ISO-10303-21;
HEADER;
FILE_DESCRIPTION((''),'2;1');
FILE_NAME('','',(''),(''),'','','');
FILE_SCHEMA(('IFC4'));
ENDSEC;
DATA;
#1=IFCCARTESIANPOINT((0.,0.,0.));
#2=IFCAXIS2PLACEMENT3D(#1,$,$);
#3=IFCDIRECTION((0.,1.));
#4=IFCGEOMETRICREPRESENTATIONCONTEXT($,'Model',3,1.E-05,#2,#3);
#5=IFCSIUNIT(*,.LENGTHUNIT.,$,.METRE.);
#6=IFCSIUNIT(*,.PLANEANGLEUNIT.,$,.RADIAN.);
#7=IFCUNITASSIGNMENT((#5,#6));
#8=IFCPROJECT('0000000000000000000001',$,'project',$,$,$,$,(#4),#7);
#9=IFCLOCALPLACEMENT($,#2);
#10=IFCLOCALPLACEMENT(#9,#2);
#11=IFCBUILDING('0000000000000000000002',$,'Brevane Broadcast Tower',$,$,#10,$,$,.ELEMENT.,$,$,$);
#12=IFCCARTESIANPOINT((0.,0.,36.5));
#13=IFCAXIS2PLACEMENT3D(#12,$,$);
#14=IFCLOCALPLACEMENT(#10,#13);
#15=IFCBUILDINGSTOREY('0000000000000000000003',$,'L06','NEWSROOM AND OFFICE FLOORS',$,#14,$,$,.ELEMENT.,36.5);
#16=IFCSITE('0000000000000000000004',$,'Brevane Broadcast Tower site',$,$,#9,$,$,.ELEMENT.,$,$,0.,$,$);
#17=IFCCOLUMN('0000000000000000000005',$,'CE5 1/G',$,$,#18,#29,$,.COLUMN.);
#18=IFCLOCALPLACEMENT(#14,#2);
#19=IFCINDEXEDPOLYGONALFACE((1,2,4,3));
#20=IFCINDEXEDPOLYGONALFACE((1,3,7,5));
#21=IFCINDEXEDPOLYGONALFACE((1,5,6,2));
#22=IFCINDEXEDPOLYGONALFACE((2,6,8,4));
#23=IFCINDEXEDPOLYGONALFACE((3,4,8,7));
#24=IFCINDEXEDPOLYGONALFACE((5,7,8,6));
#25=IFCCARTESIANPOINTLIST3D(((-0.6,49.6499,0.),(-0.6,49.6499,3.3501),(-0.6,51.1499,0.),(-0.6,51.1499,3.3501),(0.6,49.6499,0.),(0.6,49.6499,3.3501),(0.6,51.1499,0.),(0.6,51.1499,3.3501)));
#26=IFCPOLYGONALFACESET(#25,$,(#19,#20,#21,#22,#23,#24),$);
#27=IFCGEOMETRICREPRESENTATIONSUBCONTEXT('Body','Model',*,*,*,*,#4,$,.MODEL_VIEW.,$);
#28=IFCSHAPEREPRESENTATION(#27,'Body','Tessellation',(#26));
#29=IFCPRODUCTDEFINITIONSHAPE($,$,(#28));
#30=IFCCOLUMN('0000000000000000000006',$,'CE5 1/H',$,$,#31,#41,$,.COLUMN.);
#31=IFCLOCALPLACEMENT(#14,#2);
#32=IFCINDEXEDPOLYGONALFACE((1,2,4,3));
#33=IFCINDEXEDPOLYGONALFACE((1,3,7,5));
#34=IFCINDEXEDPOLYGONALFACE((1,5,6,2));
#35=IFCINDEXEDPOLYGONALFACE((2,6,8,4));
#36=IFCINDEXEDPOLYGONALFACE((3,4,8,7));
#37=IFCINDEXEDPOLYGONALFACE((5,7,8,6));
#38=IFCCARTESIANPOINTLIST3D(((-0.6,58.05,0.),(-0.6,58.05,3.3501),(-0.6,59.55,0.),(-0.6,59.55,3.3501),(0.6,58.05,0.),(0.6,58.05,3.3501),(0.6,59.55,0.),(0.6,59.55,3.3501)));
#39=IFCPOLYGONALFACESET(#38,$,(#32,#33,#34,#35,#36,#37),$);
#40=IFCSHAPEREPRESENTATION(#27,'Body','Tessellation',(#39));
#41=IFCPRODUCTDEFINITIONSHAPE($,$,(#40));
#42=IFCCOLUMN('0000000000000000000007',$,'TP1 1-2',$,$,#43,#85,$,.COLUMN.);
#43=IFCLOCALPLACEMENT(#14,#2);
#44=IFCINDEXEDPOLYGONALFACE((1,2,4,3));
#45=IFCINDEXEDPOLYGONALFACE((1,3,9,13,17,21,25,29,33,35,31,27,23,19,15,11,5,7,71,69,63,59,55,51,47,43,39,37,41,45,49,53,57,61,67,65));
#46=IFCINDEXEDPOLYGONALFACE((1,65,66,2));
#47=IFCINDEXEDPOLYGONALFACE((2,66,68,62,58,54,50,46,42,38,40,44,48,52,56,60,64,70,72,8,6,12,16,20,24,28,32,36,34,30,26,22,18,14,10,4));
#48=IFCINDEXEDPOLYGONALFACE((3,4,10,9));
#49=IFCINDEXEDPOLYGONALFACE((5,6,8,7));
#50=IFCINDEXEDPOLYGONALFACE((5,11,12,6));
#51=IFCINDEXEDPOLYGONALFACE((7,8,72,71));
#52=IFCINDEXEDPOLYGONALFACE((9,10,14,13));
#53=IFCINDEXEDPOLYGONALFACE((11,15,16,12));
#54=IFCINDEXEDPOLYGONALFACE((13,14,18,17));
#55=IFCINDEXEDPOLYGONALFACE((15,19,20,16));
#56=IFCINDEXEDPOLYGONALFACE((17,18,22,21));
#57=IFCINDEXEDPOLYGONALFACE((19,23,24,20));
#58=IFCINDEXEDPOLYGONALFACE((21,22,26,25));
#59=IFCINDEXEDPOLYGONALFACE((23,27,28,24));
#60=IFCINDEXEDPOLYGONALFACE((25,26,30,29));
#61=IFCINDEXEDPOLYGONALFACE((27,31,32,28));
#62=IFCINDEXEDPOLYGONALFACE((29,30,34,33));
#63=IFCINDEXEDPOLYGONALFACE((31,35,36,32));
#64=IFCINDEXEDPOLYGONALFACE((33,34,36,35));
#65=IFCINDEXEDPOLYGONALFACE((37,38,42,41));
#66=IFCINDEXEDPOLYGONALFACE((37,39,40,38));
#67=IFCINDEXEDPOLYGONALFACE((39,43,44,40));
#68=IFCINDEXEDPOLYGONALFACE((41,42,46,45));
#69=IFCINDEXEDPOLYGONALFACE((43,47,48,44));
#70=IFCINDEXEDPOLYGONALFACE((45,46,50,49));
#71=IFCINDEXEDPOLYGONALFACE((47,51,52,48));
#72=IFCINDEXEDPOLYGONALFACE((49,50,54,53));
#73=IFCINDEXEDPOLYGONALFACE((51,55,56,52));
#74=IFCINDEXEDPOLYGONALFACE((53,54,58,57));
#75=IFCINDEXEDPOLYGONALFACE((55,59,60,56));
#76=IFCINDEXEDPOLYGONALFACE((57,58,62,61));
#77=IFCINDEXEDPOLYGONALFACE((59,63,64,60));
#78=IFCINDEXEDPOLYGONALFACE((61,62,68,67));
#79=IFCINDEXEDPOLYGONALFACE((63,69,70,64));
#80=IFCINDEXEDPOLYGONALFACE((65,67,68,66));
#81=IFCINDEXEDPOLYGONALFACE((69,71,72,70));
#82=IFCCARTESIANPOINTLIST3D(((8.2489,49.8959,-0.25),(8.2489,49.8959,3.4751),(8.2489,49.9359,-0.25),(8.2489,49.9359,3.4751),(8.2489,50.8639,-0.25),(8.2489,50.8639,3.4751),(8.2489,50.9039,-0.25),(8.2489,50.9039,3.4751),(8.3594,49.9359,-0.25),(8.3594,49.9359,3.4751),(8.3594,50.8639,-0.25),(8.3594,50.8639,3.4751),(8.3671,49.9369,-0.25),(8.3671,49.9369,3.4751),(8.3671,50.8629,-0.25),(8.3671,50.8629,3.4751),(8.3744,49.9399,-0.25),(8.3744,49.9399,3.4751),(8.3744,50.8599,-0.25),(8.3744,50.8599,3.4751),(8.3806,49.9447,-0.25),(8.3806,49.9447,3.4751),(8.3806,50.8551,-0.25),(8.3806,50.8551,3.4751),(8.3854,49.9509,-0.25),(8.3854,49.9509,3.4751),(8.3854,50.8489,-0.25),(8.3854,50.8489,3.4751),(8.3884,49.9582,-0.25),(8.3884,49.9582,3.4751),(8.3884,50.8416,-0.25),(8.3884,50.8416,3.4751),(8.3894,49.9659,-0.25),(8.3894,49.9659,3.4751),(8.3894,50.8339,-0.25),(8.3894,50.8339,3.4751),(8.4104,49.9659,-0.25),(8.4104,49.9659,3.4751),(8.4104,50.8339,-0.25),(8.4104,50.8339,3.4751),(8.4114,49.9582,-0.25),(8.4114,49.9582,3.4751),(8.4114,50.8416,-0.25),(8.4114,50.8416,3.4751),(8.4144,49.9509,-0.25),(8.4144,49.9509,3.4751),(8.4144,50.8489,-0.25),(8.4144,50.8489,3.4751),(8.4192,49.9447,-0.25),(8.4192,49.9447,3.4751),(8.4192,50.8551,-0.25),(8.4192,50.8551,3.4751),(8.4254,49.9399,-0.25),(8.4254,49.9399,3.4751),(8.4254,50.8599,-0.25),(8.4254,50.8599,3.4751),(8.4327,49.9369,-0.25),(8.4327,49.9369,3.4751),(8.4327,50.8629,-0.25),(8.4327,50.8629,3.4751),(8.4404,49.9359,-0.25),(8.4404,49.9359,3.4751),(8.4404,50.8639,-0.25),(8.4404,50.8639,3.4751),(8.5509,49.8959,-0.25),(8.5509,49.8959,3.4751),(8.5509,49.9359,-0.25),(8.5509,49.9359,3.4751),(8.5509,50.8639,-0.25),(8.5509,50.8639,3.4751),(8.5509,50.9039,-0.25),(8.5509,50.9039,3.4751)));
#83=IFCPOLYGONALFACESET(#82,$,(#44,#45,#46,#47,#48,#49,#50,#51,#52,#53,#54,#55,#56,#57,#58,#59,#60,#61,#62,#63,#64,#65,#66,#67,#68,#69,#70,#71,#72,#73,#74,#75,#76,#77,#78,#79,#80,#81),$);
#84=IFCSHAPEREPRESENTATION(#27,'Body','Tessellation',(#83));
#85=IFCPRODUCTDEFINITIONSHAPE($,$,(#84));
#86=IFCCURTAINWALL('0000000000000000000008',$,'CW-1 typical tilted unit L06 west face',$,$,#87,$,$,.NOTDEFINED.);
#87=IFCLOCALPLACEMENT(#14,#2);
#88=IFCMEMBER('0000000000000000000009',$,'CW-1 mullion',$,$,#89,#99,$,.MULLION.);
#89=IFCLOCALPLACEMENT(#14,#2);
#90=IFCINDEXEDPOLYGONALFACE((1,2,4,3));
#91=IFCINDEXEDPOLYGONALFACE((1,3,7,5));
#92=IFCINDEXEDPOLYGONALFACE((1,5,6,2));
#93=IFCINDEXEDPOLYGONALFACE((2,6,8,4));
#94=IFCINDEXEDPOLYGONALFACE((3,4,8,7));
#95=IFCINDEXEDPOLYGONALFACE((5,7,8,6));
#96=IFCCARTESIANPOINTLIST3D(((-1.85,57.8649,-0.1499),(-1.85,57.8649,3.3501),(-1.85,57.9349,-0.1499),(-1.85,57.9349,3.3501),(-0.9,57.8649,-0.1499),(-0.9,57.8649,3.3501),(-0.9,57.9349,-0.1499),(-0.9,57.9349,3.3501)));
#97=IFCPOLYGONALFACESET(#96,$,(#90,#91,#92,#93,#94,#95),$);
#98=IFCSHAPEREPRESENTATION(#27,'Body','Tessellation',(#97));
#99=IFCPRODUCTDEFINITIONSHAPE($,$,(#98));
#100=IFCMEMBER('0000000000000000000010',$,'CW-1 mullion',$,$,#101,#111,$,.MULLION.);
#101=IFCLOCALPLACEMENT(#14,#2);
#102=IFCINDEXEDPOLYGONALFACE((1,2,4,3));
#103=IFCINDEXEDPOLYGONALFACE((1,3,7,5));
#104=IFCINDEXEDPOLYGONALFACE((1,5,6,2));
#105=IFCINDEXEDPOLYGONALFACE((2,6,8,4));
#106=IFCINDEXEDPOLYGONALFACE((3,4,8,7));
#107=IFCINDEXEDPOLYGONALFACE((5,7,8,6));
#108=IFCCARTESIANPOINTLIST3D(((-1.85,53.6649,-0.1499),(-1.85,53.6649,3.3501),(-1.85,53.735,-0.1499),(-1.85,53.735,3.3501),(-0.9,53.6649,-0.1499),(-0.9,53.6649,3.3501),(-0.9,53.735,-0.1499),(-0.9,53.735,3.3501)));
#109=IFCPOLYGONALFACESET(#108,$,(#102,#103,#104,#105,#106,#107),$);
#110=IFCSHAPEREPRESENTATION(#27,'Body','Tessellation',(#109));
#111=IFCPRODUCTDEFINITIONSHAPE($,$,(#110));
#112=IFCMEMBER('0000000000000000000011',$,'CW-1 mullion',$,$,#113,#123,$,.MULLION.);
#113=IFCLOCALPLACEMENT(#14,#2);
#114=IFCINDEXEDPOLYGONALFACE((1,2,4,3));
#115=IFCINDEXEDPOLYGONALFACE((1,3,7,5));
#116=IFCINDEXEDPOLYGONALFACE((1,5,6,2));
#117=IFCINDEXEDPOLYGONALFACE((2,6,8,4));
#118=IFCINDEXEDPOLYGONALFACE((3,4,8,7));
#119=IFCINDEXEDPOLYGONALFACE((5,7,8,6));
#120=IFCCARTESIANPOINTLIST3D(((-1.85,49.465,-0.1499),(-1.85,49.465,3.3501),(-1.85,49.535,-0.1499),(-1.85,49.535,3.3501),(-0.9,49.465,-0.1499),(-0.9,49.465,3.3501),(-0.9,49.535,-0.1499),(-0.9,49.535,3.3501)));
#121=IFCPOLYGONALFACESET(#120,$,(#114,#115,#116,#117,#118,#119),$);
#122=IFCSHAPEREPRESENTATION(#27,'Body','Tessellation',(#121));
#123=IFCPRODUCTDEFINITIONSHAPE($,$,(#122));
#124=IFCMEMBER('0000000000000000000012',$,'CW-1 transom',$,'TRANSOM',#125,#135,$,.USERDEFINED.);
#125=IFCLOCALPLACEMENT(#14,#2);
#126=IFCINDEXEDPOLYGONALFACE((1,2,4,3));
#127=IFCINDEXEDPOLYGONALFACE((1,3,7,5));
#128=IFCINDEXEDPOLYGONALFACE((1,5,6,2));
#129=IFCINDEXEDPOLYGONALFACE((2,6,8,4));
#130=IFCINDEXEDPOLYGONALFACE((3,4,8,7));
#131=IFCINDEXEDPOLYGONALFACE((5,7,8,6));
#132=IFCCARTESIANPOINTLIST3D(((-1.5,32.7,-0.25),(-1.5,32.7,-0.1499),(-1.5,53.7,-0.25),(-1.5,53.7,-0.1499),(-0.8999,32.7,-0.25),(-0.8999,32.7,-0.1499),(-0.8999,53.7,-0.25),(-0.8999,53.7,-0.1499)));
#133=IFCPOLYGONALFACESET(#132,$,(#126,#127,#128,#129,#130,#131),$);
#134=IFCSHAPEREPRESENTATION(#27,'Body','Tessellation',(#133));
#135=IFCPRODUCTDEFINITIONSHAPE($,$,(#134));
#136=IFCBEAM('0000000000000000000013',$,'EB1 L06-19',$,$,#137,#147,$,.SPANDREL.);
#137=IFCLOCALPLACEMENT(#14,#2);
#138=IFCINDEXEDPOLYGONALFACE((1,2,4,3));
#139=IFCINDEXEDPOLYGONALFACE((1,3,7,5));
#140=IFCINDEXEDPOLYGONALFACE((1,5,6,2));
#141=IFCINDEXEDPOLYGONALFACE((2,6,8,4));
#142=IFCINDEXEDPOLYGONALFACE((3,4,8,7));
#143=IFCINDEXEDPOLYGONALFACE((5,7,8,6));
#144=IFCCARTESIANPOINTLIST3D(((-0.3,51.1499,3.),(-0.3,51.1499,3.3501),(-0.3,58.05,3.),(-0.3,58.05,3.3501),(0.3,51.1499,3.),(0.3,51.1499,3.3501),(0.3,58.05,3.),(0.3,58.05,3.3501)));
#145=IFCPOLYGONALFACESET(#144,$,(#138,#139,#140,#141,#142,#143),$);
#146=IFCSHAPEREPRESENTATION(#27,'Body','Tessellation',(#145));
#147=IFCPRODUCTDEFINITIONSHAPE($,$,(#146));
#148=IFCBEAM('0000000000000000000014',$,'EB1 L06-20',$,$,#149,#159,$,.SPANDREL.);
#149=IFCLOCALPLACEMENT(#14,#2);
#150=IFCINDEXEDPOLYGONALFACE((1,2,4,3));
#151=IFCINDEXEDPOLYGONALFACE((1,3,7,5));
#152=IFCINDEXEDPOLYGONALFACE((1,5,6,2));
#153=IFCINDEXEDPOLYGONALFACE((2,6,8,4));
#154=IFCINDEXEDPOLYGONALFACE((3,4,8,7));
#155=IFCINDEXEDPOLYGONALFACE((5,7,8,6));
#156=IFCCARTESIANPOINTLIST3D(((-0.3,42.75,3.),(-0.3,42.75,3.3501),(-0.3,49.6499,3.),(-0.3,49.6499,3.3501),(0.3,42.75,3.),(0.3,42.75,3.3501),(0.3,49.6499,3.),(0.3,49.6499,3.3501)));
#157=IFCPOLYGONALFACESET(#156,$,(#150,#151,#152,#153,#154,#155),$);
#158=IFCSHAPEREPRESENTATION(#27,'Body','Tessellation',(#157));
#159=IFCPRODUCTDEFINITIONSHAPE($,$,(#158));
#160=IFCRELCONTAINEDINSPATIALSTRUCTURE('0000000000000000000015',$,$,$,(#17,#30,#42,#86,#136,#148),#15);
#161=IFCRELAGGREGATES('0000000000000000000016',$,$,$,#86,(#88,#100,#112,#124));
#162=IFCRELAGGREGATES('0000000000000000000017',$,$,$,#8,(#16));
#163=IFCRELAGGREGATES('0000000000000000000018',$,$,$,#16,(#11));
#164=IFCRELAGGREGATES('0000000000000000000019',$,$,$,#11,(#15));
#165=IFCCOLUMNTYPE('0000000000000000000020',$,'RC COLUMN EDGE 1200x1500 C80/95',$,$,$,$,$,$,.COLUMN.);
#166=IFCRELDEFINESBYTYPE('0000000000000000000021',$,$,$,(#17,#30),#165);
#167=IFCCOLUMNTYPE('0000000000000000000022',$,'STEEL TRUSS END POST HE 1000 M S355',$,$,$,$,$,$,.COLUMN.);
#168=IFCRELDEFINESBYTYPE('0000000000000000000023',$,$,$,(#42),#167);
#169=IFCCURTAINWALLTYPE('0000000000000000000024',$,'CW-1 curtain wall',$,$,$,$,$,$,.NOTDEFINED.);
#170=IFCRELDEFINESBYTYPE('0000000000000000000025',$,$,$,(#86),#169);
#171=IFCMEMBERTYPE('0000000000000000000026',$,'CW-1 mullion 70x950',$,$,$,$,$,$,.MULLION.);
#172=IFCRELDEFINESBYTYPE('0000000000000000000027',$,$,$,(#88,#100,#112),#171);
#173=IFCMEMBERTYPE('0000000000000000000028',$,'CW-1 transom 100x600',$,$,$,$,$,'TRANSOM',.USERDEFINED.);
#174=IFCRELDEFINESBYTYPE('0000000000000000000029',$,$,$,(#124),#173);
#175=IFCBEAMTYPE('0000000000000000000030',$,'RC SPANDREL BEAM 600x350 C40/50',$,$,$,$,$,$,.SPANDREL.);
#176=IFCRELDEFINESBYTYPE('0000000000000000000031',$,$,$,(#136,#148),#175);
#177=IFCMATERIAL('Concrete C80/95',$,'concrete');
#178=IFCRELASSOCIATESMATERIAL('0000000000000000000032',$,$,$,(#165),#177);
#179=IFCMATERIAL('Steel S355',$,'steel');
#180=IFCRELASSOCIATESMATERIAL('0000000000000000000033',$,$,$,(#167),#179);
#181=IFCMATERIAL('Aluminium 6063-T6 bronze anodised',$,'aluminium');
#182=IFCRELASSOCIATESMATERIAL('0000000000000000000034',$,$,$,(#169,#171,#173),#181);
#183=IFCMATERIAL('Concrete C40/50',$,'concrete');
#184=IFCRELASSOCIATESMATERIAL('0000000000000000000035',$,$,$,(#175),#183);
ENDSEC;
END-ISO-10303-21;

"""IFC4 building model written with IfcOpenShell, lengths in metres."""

from ifc_helpers import new_model, si_unit, direction, frame, origin, origin_2d, place, context, subcontext, project, spatial, rectangle, i_section, extrude, material, material_profile, profile_set, type_object, element, aggregate, save


model = new_model("IFC4")

# Units and contexts
model_context = context("Model", 3, precision=1e-05, world=origin(), true_north=direction((0.0, 1.0)))
body_context = subcontext(model_context, "Body", "Model", "MODEL_VIEW")
ifc_project = project(units=[si_unit("LENGTHUNIT", "METRE"), si_unit("PLANEANGLEUNIT", "RADIAN")], contexts=[model_context])

# Site, building, storey
site_placement = place(None, origin())
site = spatial("IfcSite", under=ifc_project, at=site_placement, Name="Brevane Broadcast Tower site", CompositionType="ELEMENT", RefElevation=0.0)
building_placement = place(site_placement, origin())
building = spatial("IfcBuilding", under=site, at=building_placement, Name="Brevane Broadcast Tower", CompositionType="ELEMENT")
storey_placement = place(building_placement, frame((0.0, 0.0, 36.5)))
storey = spatial("IfcBuildingStorey", under=building, at=storey_placement, Name="L06", Description="NEWSROOM AND OFFICE FLOORS", CompositionType="ELEMENT", Elevation=36.5)

# Columns
ifc_material_1 = material(Name="Concrete C80/95", Category="concrete")
ifc_material_profile_1 = material_profile(ifc_material_1, rectangle(XDim=1.2, YDim=1.5, at=origin_2d()), Name="RC 1200x1500")
ifc_profile_set_1 = profile_set([ifc_material_profile_1], Name="Concrete C80/95")
column_type_1 = type_object("IfcColumnType", Name="RC COLUMN EDGE 1200x1500 C80/95", PredefinedType="COLUMN", material=ifc_profile_set_1)
for number, where, z_axis, x_axis, name in (
    (1, (0.0, 50.3999, 0.0), (0.0, 0.0, 1.0), (1.0, 0.0, 0.0), "CE5 1/G"),
    (2, (0.0, 58.8, 0.0), (0.0, 0.0, 1.0), (1.0, 0.0, 0.0), "CE5 1/H"),
):
    element("IfcColumn", number, at=place(storey_placement, frame(where, z_axis=z_axis, x_axis=x_axis)), inside=storey, type_object=column_type_1, Name=name, PredefinedType="COLUMN", context=body_context, shape_type="SweptSolid", body=[
        extrude(rectangle(XDim=1.2, YDim=1.5, at=origin_2d()), origin(), (0.0, 0.0, 1.0), 3.3501),
    ])
ifc_material_2 = material(Name="Steel S355", Category="steel")
ifc_material_profile_2 = material_profile(ifc_material_2, i_section(OverallWidth=0.302, OverallDepth=1.0081, WebThickness=0.021, FlangeThickness=0.04, FilletRadius=0.03, at=origin_2d()), Name="HE 1000 M")
ifc_profile_set_2 = profile_set([ifc_material_profile_2], Name="Steel S355")
column_type_2 = type_object("IfcColumnType", Name="STEEL TRUSS END POST HE 1000 M S355", PredefinedType="COLUMN", material=ifc_profile_set_2)
column_placement = place(storey_placement, frame((8.3999, 50.3999, -0.25), z_axis=(0.0, 0.0, 1.0), x_axis=(1.0, 0.0, 0.0)))
element("IfcColumn", 3, at=column_placement, inside=storey, type_object=column_type_2, Name="TP1 1-2", PredefinedType="COLUMN", context=body_context, shape_type="SweptSolid", body=[
    extrude(i_section(OverallWidth=0.302, OverallDepth=1.0081, WebThickness=0.021, FlangeThickness=0.04, FilletRadius=0.03, at=origin_2d()), origin(), (0.0, 0.0, 1.0), 3.7251),
])

# Curtain wall, members
ifc_material_3 = material(Name="Aluminium 6063-T6 bronze anodised", Category="aluminium")
curtain_wall_type = type_object("IfcCurtainWallType", Name="CW-1 curtain wall", PredefinedType="NOTDEFINED", material=ifc_material_3)
curtain_wall_placement = place(storey_placement, origin())
curtain_wall = element("IfcCurtainWall", 4, at=curtain_wall_placement, inside=storey, type_object=curtain_wall_type, Name="CW-1 typical tilted unit L06 west face", PredefinedType="NOTDEFINED")
ifc_material_profile_3 = material_profile(ifc_material_3, rectangle(XDim=0.95, YDim=0.0701, at=origin_2d()), Name="RECT 70x950")
ifc_profile_set_3 = profile_set([ifc_material_profile_3], Name="Aluminium 6063-T6 bronze anodised")
member_type_1 = type_object("IfcMemberType", Name="CW-1 mullion 70x950", PredefinedType="MULLION", material=ifc_profile_set_3)
member_1_placement = place(storey_placement, frame((-1.375, 57.8999, -0.1499), z_axis=(0.0, 0.0, 1.0), x_axis=(1.0, 0.0, 0.0)))
member_1 = element("IfcMember", 5, at=member_1_placement, type_object=member_type_1, Name="CW-1 mullion", PredefinedType="MULLION", context=body_context, shape_type="SweptSolid", body=[
    extrude(rectangle(XDim=0.95, YDim=0.0701, at=origin_2d()), origin(), (0.0, 0.0, 1.0), 3.5),
])
member_2_placement = place(storey_placement, frame((-1.375, 53.7, -0.1499), z_axis=(0.0, 0.0, 1.0), x_axis=(1.0, 0.0, 0.0)))
member_2 = element("IfcMember", 6, at=member_2_placement, type_object=member_type_1, Name="CW-1 mullion", PredefinedType="MULLION", context=body_context, shape_type="SweptSolid", body=[
    extrude(rectangle(XDim=0.95, YDim=0.0701, at=origin_2d()), origin(), (0.0, 0.0, 1.0), 3.5),
])
member_3_placement = place(storey_placement, frame((-1.375, 49.5, -0.1499), z_axis=(0.0, 0.0, 1.0), x_axis=(1.0, 0.0, 0.0)))
member_3 = element("IfcMember", 7, at=member_3_placement, type_object=member_type_1, Name="CW-1 mullion", PredefinedType="MULLION", context=body_context, shape_type="SweptSolid", body=[
    extrude(rectangle(XDim=0.95, YDim=0.0701, at=origin_2d()), origin(), (0.0, 0.0, 1.0), 3.5),
])
ifc_material_profile_4 = material_profile(ifc_material_3, rectangle(XDim=0.6001, YDim=0.1001, at=origin_2d()), Name="RECT 100x600")
ifc_profile_set_4 = profile_set([ifc_material_profile_4], Name="Aluminium 6063-T6 bronze anodised")
member_type_2 = type_object("IfcMemberType", Name="CW-1 transom 100x600", ElementType="TRANSOM", PredefinedType="USERDEFINED", material=ifc_profile_set_4)
member_4_placement = place(storey_placement, frame((-1.2, 53.7, -0.2), z_axis=(0.0, -1.0, 0.0), x_axis=(1.0, 0.0, 0.0)))
member_4 = element("IfcMember", 8, at=member_4_placement, type_object=member_type_2, Name="CW-1 transom", ObjectType="TRANSOM", PredefinedType="USERDEFINED", context=body_context, shape_type="SweptSolid", body=[
    extrude(rectangle(XDim=0.6001, YDim=0.1001, at=origin_2d()), origin(), (0.0, 0.0, 1.0), 21.0),
])
aggregate(curtain_wall, [member_1, member_2, member_3, member_4])

# Beams
ifc_material_4 = material(Name="Concrete C40/50", Category="concrete")
ifc_material_profile_5 = material_profile(ifc_material_4, rectangle(XDim=0.6001, YDim=0.3501, at=origin_2d()), Name="RC 600x350")
ifc_profile_set_5 = profile_set([ifc_material_profile_5], Name="Concrete C40/50")
beam_type = type_object("IfcBeamType", Name="RC SPANDREL BEAM 600x350 C40/50", PredefinedType="SPANDREL", material=ifc_profile_set_5)
beam_1_placement = place(storey_placement, frame((0.0, 58.05, 3.175), z_axis=(0.0, -1.0, 0.0), x_axis=(1.0, 0.0, 0.0)))
element("IfcBeam", 9, at=beam_1_placement, inside=storey, type_object=beam_type, Name="EB1 L06-19", PredefinedType="SPANDREL", context=body_context, shape_type="SweptSolid", body=[
    extrude(rectangle(XDim=0.6001, YDim=0.3501, at=origin_2d()), origin(), (0.0, 0.0, 1.0), 6.9001),
])
beam_2_placement = place(storey_placement, frame((0.0, 49.6499, 3.175), z_axis=(0.0, -1.0, 0.0), x_axis=(1.0, 0.0, 0.0)))
element("IfcBeam", 10, at=beam_2_placement, inside=storey, type_object=beam_type, Name="EB1 L06-20", PredefinedType="SPANDREL", context=body_context, shape_type="SweptSolid", body=[
    extrude(rectangle(XDim=0.6001, YDim=0.3501, at=origin_2d()), origin(), (0.0, 0.0, 1.0), 6.8999),
])

save(model, "model.ifc")
